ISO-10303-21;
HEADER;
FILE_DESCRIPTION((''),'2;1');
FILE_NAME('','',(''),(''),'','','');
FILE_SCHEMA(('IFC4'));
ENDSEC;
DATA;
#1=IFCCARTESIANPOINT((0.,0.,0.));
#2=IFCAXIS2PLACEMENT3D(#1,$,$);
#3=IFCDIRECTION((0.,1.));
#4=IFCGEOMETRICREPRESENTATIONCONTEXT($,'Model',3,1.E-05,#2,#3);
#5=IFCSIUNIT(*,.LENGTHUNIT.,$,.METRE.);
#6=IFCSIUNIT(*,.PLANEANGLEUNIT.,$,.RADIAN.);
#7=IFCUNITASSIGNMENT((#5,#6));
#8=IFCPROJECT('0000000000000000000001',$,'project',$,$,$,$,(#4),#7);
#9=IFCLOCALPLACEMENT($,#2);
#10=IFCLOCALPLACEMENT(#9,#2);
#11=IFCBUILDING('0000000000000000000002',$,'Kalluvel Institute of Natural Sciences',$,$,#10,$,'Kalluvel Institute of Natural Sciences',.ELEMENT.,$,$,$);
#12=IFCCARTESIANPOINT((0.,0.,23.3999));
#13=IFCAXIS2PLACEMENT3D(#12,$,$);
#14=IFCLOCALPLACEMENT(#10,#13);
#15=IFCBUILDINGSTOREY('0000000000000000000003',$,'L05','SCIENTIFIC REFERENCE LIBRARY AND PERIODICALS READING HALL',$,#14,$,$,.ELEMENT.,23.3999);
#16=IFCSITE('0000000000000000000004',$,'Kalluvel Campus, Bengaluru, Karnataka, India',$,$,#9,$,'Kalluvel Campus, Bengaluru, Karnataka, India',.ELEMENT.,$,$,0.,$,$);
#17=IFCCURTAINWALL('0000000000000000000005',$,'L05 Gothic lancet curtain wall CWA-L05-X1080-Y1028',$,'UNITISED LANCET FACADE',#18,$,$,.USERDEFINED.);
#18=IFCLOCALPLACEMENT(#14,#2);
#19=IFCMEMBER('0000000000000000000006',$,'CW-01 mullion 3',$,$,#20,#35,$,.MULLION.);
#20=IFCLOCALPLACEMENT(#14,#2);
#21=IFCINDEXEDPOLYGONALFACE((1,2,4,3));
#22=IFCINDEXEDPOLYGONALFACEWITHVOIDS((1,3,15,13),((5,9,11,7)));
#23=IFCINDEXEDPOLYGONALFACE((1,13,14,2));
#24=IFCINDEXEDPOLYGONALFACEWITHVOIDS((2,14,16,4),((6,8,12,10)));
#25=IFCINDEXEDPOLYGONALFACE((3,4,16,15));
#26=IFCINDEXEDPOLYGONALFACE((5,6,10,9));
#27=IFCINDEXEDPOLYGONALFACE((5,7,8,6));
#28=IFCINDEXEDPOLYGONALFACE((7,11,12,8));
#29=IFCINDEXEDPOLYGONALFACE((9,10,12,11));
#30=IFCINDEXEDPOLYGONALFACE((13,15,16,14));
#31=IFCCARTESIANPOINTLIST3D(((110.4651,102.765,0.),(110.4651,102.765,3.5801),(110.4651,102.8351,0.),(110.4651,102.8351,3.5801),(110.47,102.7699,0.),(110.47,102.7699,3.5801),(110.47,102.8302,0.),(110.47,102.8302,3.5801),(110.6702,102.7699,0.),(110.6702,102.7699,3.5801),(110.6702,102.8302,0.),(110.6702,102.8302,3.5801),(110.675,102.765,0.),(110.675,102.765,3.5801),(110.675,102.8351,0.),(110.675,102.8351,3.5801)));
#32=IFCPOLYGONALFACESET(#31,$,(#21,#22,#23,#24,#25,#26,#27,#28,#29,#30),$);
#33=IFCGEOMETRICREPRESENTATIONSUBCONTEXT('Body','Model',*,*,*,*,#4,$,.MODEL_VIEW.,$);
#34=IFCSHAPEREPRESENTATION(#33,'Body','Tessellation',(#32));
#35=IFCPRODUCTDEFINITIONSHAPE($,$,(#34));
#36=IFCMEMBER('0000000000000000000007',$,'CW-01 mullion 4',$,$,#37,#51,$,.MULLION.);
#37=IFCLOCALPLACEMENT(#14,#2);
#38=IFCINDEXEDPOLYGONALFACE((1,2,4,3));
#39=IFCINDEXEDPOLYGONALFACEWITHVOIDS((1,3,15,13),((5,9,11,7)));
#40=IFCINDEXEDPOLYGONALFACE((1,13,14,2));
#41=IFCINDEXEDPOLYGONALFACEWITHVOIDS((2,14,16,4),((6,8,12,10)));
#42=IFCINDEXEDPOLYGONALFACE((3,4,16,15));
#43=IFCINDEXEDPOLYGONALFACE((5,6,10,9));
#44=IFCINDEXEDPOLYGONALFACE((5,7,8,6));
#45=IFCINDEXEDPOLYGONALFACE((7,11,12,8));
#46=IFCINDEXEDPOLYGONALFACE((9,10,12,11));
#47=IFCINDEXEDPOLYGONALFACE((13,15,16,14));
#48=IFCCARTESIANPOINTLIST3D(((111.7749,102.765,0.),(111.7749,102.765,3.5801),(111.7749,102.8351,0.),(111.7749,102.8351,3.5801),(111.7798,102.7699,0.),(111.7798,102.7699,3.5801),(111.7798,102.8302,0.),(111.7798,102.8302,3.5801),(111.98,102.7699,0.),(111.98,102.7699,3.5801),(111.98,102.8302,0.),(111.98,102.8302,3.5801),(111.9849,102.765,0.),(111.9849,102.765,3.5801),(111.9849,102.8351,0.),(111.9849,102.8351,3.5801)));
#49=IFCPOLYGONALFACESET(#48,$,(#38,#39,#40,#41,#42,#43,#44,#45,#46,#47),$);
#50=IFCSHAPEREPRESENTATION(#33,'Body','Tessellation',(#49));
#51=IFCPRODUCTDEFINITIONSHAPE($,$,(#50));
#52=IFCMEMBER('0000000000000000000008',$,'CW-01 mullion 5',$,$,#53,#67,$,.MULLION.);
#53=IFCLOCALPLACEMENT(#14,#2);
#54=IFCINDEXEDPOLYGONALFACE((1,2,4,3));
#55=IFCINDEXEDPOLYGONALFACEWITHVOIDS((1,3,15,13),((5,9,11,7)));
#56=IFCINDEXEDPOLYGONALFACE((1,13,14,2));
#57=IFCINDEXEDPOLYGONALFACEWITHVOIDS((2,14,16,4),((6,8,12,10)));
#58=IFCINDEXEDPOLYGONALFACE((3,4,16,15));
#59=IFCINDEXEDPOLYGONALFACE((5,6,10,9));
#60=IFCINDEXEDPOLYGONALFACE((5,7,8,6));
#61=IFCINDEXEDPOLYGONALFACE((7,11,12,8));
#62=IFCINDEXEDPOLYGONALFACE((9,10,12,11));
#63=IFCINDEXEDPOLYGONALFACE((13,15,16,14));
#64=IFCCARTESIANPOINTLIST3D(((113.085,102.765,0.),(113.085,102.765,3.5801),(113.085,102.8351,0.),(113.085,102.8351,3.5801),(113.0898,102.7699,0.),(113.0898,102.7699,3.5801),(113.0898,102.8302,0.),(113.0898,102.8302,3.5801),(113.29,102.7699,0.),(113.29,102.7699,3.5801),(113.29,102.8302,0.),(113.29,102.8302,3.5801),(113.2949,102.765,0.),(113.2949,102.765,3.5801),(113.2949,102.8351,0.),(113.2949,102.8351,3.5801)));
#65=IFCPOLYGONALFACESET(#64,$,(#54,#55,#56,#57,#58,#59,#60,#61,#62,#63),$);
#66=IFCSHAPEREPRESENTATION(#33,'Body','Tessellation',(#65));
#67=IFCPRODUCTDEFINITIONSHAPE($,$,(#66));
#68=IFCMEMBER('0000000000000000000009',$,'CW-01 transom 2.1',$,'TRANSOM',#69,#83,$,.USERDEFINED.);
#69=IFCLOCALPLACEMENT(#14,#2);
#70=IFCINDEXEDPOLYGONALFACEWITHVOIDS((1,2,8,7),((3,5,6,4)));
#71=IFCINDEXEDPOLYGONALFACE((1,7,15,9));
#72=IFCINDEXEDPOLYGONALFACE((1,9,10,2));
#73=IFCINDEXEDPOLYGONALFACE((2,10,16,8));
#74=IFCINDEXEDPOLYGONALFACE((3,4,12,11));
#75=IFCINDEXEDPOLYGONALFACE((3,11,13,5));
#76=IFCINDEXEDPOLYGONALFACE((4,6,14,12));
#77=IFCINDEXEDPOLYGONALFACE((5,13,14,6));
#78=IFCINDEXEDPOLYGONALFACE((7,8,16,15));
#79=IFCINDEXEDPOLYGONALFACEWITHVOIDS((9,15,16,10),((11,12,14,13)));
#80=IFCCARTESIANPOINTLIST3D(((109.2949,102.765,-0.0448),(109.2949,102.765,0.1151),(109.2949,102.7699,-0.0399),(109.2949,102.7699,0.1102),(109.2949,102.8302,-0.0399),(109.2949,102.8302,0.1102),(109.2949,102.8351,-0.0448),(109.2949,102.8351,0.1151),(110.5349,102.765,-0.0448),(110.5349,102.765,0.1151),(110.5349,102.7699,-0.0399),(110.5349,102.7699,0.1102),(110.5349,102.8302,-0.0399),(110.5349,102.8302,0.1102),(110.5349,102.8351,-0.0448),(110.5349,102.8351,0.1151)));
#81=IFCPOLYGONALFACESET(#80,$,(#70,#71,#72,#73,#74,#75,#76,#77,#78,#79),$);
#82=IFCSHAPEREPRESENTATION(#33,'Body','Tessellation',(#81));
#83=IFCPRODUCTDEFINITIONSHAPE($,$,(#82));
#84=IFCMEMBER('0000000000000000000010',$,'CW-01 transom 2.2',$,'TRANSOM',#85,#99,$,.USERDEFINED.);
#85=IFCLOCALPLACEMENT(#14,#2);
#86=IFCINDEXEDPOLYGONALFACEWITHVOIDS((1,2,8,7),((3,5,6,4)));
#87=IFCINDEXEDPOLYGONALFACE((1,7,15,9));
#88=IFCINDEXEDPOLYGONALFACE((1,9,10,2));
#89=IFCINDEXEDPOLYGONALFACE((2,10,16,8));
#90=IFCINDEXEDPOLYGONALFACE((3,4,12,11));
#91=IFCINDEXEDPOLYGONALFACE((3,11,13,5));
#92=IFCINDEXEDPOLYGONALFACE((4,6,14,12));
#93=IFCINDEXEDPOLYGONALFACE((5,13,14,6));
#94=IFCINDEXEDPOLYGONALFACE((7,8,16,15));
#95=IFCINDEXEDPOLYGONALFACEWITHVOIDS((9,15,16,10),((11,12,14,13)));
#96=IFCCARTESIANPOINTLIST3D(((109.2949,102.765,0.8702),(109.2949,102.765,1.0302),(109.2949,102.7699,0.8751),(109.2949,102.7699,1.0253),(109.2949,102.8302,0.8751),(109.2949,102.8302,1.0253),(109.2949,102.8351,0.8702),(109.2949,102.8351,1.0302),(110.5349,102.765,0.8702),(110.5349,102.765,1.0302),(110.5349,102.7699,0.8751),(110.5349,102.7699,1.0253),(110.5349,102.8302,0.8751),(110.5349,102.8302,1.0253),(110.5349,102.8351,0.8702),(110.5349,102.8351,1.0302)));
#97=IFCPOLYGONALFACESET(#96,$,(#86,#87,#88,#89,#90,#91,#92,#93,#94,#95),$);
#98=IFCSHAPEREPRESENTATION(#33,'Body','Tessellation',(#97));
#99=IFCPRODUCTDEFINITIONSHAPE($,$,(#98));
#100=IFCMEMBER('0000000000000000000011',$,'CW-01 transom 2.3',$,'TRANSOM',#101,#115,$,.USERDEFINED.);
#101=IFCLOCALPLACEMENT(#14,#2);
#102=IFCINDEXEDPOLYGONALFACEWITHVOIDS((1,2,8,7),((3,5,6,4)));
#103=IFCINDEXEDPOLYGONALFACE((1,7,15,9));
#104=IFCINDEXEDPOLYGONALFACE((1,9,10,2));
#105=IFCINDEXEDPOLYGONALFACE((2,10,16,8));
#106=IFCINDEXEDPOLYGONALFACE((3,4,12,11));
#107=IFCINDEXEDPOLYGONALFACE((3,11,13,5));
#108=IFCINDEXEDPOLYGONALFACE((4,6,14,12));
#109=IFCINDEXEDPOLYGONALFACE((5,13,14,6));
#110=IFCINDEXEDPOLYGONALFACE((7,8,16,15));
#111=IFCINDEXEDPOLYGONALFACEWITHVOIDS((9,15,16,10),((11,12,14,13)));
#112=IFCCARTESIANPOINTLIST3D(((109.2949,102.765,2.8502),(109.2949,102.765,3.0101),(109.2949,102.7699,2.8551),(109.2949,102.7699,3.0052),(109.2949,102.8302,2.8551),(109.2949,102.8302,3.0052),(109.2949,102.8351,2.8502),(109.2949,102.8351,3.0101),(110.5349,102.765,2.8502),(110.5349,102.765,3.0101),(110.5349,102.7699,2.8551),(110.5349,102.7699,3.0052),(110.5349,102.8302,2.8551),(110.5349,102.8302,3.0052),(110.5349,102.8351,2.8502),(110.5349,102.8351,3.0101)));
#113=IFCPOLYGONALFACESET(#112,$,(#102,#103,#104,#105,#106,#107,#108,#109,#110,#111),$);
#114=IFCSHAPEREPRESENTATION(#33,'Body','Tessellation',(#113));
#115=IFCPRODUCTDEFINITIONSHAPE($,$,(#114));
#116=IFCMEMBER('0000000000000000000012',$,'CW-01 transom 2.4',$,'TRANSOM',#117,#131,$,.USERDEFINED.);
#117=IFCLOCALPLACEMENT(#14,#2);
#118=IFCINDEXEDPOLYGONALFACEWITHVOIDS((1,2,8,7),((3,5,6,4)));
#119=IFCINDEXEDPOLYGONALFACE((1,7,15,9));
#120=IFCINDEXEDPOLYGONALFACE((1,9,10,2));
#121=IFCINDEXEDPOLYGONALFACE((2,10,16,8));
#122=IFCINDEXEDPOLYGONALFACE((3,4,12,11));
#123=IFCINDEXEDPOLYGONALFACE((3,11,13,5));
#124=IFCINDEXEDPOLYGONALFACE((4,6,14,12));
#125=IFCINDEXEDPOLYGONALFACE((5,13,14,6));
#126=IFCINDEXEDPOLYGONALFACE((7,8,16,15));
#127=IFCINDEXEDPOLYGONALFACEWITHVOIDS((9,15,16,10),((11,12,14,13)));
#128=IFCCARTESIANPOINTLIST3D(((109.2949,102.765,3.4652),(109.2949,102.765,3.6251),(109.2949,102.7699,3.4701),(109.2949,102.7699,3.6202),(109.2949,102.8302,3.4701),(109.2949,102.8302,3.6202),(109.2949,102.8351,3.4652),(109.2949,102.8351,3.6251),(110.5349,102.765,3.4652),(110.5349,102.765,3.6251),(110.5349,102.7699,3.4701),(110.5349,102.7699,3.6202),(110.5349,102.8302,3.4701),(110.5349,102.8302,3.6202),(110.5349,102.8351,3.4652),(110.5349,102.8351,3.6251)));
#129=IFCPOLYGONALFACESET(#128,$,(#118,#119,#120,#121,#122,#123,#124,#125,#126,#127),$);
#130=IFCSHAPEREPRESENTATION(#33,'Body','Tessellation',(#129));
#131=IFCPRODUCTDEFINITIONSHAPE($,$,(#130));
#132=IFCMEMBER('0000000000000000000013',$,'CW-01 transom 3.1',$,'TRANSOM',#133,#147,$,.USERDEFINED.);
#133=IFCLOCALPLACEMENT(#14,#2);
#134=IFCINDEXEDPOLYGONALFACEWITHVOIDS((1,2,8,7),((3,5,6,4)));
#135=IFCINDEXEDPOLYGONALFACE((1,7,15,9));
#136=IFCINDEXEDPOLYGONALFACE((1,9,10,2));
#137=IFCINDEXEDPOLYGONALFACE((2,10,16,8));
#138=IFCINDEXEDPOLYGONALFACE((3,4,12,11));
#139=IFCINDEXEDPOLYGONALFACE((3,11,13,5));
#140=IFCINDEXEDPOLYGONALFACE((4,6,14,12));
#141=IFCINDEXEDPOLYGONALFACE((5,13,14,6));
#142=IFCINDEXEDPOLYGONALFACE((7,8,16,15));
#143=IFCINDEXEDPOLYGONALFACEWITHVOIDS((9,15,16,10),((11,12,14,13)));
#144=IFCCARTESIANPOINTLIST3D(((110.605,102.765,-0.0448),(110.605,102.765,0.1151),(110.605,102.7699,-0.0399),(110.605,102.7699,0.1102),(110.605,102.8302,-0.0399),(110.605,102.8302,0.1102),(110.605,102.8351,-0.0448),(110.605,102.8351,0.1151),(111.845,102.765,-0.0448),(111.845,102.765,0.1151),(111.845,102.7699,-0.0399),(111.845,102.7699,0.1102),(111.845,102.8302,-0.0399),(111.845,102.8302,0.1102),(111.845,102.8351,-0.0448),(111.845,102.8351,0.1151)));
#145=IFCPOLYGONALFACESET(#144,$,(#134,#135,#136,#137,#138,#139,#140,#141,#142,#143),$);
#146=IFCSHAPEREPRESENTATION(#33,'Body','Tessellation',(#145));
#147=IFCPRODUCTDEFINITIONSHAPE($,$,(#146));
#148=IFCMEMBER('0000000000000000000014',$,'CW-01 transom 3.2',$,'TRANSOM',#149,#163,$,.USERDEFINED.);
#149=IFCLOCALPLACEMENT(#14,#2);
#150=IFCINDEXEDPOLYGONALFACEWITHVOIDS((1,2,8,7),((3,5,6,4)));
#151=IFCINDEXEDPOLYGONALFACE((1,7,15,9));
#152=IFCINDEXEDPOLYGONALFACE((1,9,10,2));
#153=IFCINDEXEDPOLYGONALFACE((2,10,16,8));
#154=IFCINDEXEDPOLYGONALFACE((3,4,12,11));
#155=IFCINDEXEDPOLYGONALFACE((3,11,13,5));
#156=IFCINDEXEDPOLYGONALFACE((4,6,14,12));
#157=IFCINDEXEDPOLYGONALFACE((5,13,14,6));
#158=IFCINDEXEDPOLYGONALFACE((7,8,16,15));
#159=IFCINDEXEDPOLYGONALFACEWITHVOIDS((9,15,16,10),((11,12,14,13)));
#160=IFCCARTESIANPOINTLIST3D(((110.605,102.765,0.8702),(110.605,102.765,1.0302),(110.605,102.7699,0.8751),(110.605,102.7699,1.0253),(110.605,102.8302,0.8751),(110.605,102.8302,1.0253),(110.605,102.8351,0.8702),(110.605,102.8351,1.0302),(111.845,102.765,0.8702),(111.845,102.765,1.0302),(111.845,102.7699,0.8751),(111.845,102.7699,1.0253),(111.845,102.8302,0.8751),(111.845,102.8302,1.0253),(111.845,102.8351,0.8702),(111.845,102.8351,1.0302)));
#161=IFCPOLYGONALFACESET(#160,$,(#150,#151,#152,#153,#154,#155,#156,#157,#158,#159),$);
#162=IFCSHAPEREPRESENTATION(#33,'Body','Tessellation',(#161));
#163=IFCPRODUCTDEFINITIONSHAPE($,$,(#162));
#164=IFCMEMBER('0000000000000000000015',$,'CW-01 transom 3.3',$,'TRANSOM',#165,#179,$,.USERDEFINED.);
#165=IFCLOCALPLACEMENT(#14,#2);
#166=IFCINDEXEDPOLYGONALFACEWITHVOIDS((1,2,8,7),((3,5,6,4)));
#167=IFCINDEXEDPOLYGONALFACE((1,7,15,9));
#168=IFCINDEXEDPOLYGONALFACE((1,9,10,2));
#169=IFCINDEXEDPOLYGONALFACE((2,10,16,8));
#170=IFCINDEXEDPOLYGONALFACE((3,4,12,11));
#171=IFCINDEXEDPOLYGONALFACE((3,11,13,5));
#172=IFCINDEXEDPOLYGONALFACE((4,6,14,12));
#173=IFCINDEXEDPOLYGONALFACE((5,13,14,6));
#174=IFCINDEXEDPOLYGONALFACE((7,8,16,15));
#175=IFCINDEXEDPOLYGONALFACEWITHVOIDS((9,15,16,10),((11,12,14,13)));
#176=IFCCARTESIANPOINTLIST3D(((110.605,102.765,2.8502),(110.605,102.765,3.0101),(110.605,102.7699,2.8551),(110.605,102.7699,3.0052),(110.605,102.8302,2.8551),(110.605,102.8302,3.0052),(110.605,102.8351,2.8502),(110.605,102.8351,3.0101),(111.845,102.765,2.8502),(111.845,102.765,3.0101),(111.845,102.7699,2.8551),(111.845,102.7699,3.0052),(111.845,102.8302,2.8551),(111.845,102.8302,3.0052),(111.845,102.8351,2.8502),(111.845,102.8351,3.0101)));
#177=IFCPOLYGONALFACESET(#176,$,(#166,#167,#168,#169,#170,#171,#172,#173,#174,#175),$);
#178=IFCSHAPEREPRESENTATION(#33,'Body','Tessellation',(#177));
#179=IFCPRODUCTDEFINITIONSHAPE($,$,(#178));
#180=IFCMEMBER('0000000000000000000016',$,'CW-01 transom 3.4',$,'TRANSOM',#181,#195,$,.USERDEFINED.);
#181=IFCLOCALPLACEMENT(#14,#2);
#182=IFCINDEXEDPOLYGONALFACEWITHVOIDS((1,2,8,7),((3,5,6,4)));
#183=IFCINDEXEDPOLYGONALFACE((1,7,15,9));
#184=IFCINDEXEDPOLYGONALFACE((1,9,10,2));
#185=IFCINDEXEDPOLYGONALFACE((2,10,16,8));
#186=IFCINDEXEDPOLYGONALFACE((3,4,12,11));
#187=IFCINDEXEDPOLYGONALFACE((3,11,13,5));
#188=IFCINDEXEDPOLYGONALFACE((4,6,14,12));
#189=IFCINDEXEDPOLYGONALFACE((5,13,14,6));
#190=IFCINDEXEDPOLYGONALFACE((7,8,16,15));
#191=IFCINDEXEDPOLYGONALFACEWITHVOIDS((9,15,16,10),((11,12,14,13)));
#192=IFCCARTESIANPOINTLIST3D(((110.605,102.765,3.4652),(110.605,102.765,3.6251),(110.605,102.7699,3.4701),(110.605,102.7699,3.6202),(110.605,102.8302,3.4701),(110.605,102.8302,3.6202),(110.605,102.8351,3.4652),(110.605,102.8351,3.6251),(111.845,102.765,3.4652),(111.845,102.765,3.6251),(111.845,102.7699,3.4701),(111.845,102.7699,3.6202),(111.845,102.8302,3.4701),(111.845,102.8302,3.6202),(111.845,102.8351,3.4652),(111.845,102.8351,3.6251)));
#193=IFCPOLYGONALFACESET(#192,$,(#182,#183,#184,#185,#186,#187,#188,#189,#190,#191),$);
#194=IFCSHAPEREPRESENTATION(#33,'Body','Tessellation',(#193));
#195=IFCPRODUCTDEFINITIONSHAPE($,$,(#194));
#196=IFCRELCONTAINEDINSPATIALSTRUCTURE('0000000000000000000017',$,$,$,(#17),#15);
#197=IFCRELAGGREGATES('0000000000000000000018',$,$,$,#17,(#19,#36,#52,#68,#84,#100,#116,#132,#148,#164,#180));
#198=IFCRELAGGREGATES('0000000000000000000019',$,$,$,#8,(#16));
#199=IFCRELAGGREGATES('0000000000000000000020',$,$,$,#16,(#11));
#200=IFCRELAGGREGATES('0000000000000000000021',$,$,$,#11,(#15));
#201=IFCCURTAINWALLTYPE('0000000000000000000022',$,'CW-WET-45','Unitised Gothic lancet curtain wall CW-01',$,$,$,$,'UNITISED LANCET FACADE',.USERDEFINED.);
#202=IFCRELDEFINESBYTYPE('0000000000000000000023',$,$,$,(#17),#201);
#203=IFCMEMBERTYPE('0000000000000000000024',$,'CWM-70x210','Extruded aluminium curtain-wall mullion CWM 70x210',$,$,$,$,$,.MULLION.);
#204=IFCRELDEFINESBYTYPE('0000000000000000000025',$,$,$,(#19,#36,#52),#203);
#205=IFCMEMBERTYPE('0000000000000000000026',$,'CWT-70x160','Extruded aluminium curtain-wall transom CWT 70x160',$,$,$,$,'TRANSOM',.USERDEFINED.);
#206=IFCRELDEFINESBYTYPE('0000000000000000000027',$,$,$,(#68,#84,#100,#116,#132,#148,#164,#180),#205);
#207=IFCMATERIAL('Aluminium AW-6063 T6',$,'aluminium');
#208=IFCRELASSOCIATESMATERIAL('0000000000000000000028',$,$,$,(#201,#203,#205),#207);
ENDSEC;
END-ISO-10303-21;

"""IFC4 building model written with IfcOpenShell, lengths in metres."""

from ifc_helpers import new_model, si_unit, direction, frame, origin, origin_2d, place, context, subcontext, project, spatial, hollow_rectangle, extrude, material, material_profile, profile_set, type_object, element, aggregate, save


model = new_model("IFC4")

# Units and contexts
model_context = context("Model", 3, precision=1e-05, world=origin(), true_north=direction((0.0, 1.0)))
body_context = subcontext(model_context, "Body", "Model", "MODEL_VIEW")
ifc_project = project(units=[si_unit("LENGTHUNIT", "METRE"), si_unit("PLANEANGLEUNIT", "RADIAN")], contexts=[model_context])

# Site, building, storey
site_placement = place(None, origin())
site = spatial("IfcSite", under=ifc_project, at=site_placement, Name="Kalluvel Campus, Bengaluru, Karnataka, India", LongName="Kalluvel Campus, Bengaluru, Karnataka, India", CompositionType="ELEMENT", RefElevation=0.0)
building_placement = place(site_placement, origin())
building = spatial("IfcBuilding", under=site, at=building_placement, Name="Kalluvel Institute of Natural Sciences", LongName="Kalluvel Institute of Natural Sciences", CompositionType="ELEMENT")
storey_placement = place(building_placement, frame((0.0, 0.0, 23.3999)))
storey = spatial("IfcBuildingStorey", under=building, at=storey_placement, Name="L05", Description="SCIENTIFIC REFERENCE LIBRARY AND PERIODICALS READING HALL", CompositionType="ELEMENT", Elevation=23.3999)

# Curtain wall, members
ifc_material_1 = material(Name="Aluminium AW-6063 T6", Category="aluminium")
curtain_wall_type = type_object("IfcCurtainWallType", Name="CW-WET-45", Description="Unitised Gothic lancet curtain wall CW-01", ElementType="UNITISED LANCET FACADE", PredefinedType="USERDEFINED", material=ifc_material_1)
curtain_wall_placement = place(storey_placement, origin())
curtain_wall = element("IfcCurtainWall", 1, at=curtain_wall_placement, inside=storey, type_object=curtain_wall_type, Name="L05 Gothic lancet curtain wall CWA-L05-X1080-Y1028", ObjectType="UNITISED LANCET FACADE", PredefinedType="USERDEFINED")
ifc_material_profile_1 = material_profile(ifc_material_1, hollow_rectangle(XDim=0.0701, YDim=0.21, WallThickness=0.0049, at=origin_2d()), Name="CWM 70x210")
ifc_profile_set_1 = profile_set([ifc_material_profile_1], Name="Aluminium AW-6063 T6")
member_type_1 = type_object("IfcMemberType", Name="CWM-70x210", Description="Extruded aluminium curtain-wall mullion CWM 70x210", PredefinedType="MULLION", material=ifc_profile_set_1)
member_1_placement = place(storey_placement, frame((110.5701, 102.8, 0.0), z_axis=(0.0, 0.0, 1.0), x_axis=(0.0, 1.0, 0.0)))
member_1 = element("IfcMember", 2, at=member_1_placement, type_object=member_type_1, Name="CW-01 mullion 3", PredefinedType="MULLION", context=body_context, shape_type="SweptSolid", body=[
    extrude(hollow_rectangle(XDim=0.0701, YDim=0.21, WallThickness=0.0049, at=origin_2d()), origin(), (0.0, 0.0, 1.0), 3.5801),
])
member_2_placement = place(storey_placement, frame((111.8799, 102.8, 0.0), z_axis=(0.0, 0.0, 1.0), x_axis=(0.0, 1.0, 0.0)))
member_2 = element("IfcMember", 3, at=member_2_placement, type_object=member_type_1, Name="CW-01 mullion 4", PredefinedType="MULLION", context=body_context, shape_type="SweptSolid", body=[
    extrude(hollow_rectangle(XDim=0.0701, YDim=0.21, WallThickness=0.0049, at=origin_2d()), origin(), (0.0, 0.0, 1.0), 3.5801),
])
member_3_placement = place(storey_placement, frame((113.1899, 102.8, 0.0), z_axis=(0.0, 0.0, 1.0), x_axis=(0.0, 1.0, 0.0)))
member_3 = element("IfcMember", 4, at=member_3_placement, type_object=member_type_1, Name="CW-01 mullion 5", PredefinedType="MULLION", context=body_context, shape_type="SweptSolid", body=[
    extrude(hollow_rectangle(XDim=0.0701, YDim=0.21, WallThickness=0.0049, at=origin_2d()), origin(), (0.0, 0.0, 1.0), 3.5801),
])
ifc_material_profile_2 = material_profile(ifc_material_1, hollow_rectangle(XDim=0.0701, YDim=0.1599, WallThickness=0.0049, at=origin_2d()), Name="CWT 70x160")
ifc_profile_set_2 = profile_set([ifc_material_profile_2], Name="Aluminium AW-6063 T6")
member_type_2 = type_object("IfcMemberType", Name="CWT-70x160", Description="Extruded aluminium curtain-wall transom CWT 70x160", ElementType="TRANSOM", PredefinedType="USERDEFINED", material=ifc_profile_set_2)
member_4_placement = place(storey_placement, frame((109.2949, 102.8, 0.0352), z_axis=(1.0, 0.0, 0.0), x_axis=(0.0, 1.0, 0.0)))
member_4 = element("IfcMember", 5, at=member_4_placement, type_object=member_type_2, Name="CW-01 transom 2.1", ObjectType="TRANSOM", PredefinedType="USERDEFINED", context=body_context, shape_type="SweptSolid", body=[
    extrude(hollow_rectangle(XDim=0.0701, YDim=0.1599, WallThickness=0.0049, at=origin_2d()), origin(), (0.0, 0.0, 1.0), 1.24),
])
member_5_placement = place(storey_placement, frame((109.2949, 102.8, 0.9502), z_axis=(1.0, 0.0, 0.0), x_axis=(0.0, 1.0, 0.0)))
member_5 = element("IfcMember", 6, at=member_5_placement, type_object=member_type_2, Name="CW-01 transom 2.2", ObjectType="TRANSOM", PredefinedType="USERDEFINED", context=body_context, shape_type="SweptSolid", body=[
    extrude(hollow_rectangle(XDim=0.0701, YDim=0.1599, WallThickness=0.0049, at=origin_2d()), origin(), (0.0, 0.0, 1.0), 1.24),
])
member_6_placement = place(storey_placement, frame((109.2949, 102.8, 2.9302), z_axis=(1.0, 0.0, 0.0), x_axis=(0.0, 1.0, 0.0)))
member_6 = element("IfcMember", 7, at=member_6_placement, type_object=member_type_2, Name="CW-01 transom 2.3", ObjectType="TRANSOM", PredefinedType="USERDEFINED", context=body_context, shape_type="SweptSolid", body=[
    extrude(hollow_rectangle(XDim=0.0701, YDim=0.1599, WallThickness=0.0049, at=origin_2d()), origin(), (0.0, 0.0, 1.0), 1.24),
])
member_7_placement = place(storey_placement, frame((109.2949, 102.8, 3.5452), z_axis=(1.0, 0.0, 0.0), x_axis=(0.0, 1.0, 0.0)))
member_7 = element("IfcMember", 8, at=member_7_placement, type_object=member_type_2, Name="CW-01 transom 2.4", ObjectType="TRANSOM", PredefinedType="USERDEFINED", context=body_context, shape_type="SweptSolid", body=[
    extrude(hollow_rectangle(XDim=0.0701, YDim=0.1599, WallThickness=0.0049, at=origin_2d()), origin(), (0.0, 0.0, 1.0), 1.24),
])
member_8_placement = place(storey_placement, frame((110.605, 102.8, 0.0352), z_axis=(1.0, 0.0, 0.0), x_axis=(0.0, 1.0, 0.0)))
member_8 = element("IfcMember", 9, at=member_8_placement, type_object=member_type_2, Name="CW-01 transom 3.1", ObjectType="TRANSOM", PredefinedType="USERDEFINED", context=body_context, shape_type="SweptSolid", body=[
    extrude(hollow_rectangle(XDim=0.0701, YDim=0.1599, WallThickness=0.0049, at=origin_2d()), origin(), (0.0, 0.0, 1.0), 1.24),
])
member_9_placement = place(storey_placement, frame((110.605, 102.8, 0.9502), z_axis=(1.0, 0.0, 0.0), x_axis=(0.0, 1.0, 0.0)))
member_9 = element("IfcMember", 10, at=member_9_placement, type_object=member_type_2, Name="CW-01 transom 3.2", ObjectType="TRANSOM", PredefinedType="USERDEFINED", context=body_context, shape_type="SweptSolid", body=[
    extrude(hollow_rectangle(XDim=0.0701, YDim=0.1599, WallThickness=0.0049, at=origin_2d()), origin(), (0.0, 0.0, 1.0), 1.24),
])
member_10_placement = place(storey_placement, frame((110.605, 102.8, 2.9302), z_axis=(1.0, 0.0, 0.0), x_axis=(0.0, 1.0, 0.0)))
member_10 = element("IfcMember", 11, at=member_10_placement, type_object=member_type_2, Name="CW-01 transom 3.3", ObjectType="TRANSOM", PredefinedType="USERDEFINED", context=body_context, shape_type="SweptSolid", body=[
    extrude(hollow_rectangle(XDim=0.0701, YDim=0.1599, WallThickness=0.0049, at=origin_2d()), origin(), (0.0, 0.0, 1.0), 1.24),
])
member_11_placement = place(storey_placement, frame((110.605, 102.8, 3.5452), z_axis=(1.0, 0.0, 0.0), x_axis=(0.0, 1.0, 0.0)))
member_11 = element("IfcMember", 12, at=member_11_placement, type_object=member_type_2, Name="CW-01 transom 3.4", ObjectType="TRANSOM", PredefinedType="USERDEFINED", context=body_context, shape_type="SweptSolid", body=[
    extrude(hollow_rectangle(XDim=0.0701, YDim=0.1599, WallThickness=0.0049, at=origin_2d()), origin(), (0.0, 0.0, 1.0), 1.24),
])

aggregate(curtain_wall, [member_1, member_2, member_3, member_4, member_5, member_6, member_7, member_8, member_9, member_10, member_11])

save(model, "model.ifc")
